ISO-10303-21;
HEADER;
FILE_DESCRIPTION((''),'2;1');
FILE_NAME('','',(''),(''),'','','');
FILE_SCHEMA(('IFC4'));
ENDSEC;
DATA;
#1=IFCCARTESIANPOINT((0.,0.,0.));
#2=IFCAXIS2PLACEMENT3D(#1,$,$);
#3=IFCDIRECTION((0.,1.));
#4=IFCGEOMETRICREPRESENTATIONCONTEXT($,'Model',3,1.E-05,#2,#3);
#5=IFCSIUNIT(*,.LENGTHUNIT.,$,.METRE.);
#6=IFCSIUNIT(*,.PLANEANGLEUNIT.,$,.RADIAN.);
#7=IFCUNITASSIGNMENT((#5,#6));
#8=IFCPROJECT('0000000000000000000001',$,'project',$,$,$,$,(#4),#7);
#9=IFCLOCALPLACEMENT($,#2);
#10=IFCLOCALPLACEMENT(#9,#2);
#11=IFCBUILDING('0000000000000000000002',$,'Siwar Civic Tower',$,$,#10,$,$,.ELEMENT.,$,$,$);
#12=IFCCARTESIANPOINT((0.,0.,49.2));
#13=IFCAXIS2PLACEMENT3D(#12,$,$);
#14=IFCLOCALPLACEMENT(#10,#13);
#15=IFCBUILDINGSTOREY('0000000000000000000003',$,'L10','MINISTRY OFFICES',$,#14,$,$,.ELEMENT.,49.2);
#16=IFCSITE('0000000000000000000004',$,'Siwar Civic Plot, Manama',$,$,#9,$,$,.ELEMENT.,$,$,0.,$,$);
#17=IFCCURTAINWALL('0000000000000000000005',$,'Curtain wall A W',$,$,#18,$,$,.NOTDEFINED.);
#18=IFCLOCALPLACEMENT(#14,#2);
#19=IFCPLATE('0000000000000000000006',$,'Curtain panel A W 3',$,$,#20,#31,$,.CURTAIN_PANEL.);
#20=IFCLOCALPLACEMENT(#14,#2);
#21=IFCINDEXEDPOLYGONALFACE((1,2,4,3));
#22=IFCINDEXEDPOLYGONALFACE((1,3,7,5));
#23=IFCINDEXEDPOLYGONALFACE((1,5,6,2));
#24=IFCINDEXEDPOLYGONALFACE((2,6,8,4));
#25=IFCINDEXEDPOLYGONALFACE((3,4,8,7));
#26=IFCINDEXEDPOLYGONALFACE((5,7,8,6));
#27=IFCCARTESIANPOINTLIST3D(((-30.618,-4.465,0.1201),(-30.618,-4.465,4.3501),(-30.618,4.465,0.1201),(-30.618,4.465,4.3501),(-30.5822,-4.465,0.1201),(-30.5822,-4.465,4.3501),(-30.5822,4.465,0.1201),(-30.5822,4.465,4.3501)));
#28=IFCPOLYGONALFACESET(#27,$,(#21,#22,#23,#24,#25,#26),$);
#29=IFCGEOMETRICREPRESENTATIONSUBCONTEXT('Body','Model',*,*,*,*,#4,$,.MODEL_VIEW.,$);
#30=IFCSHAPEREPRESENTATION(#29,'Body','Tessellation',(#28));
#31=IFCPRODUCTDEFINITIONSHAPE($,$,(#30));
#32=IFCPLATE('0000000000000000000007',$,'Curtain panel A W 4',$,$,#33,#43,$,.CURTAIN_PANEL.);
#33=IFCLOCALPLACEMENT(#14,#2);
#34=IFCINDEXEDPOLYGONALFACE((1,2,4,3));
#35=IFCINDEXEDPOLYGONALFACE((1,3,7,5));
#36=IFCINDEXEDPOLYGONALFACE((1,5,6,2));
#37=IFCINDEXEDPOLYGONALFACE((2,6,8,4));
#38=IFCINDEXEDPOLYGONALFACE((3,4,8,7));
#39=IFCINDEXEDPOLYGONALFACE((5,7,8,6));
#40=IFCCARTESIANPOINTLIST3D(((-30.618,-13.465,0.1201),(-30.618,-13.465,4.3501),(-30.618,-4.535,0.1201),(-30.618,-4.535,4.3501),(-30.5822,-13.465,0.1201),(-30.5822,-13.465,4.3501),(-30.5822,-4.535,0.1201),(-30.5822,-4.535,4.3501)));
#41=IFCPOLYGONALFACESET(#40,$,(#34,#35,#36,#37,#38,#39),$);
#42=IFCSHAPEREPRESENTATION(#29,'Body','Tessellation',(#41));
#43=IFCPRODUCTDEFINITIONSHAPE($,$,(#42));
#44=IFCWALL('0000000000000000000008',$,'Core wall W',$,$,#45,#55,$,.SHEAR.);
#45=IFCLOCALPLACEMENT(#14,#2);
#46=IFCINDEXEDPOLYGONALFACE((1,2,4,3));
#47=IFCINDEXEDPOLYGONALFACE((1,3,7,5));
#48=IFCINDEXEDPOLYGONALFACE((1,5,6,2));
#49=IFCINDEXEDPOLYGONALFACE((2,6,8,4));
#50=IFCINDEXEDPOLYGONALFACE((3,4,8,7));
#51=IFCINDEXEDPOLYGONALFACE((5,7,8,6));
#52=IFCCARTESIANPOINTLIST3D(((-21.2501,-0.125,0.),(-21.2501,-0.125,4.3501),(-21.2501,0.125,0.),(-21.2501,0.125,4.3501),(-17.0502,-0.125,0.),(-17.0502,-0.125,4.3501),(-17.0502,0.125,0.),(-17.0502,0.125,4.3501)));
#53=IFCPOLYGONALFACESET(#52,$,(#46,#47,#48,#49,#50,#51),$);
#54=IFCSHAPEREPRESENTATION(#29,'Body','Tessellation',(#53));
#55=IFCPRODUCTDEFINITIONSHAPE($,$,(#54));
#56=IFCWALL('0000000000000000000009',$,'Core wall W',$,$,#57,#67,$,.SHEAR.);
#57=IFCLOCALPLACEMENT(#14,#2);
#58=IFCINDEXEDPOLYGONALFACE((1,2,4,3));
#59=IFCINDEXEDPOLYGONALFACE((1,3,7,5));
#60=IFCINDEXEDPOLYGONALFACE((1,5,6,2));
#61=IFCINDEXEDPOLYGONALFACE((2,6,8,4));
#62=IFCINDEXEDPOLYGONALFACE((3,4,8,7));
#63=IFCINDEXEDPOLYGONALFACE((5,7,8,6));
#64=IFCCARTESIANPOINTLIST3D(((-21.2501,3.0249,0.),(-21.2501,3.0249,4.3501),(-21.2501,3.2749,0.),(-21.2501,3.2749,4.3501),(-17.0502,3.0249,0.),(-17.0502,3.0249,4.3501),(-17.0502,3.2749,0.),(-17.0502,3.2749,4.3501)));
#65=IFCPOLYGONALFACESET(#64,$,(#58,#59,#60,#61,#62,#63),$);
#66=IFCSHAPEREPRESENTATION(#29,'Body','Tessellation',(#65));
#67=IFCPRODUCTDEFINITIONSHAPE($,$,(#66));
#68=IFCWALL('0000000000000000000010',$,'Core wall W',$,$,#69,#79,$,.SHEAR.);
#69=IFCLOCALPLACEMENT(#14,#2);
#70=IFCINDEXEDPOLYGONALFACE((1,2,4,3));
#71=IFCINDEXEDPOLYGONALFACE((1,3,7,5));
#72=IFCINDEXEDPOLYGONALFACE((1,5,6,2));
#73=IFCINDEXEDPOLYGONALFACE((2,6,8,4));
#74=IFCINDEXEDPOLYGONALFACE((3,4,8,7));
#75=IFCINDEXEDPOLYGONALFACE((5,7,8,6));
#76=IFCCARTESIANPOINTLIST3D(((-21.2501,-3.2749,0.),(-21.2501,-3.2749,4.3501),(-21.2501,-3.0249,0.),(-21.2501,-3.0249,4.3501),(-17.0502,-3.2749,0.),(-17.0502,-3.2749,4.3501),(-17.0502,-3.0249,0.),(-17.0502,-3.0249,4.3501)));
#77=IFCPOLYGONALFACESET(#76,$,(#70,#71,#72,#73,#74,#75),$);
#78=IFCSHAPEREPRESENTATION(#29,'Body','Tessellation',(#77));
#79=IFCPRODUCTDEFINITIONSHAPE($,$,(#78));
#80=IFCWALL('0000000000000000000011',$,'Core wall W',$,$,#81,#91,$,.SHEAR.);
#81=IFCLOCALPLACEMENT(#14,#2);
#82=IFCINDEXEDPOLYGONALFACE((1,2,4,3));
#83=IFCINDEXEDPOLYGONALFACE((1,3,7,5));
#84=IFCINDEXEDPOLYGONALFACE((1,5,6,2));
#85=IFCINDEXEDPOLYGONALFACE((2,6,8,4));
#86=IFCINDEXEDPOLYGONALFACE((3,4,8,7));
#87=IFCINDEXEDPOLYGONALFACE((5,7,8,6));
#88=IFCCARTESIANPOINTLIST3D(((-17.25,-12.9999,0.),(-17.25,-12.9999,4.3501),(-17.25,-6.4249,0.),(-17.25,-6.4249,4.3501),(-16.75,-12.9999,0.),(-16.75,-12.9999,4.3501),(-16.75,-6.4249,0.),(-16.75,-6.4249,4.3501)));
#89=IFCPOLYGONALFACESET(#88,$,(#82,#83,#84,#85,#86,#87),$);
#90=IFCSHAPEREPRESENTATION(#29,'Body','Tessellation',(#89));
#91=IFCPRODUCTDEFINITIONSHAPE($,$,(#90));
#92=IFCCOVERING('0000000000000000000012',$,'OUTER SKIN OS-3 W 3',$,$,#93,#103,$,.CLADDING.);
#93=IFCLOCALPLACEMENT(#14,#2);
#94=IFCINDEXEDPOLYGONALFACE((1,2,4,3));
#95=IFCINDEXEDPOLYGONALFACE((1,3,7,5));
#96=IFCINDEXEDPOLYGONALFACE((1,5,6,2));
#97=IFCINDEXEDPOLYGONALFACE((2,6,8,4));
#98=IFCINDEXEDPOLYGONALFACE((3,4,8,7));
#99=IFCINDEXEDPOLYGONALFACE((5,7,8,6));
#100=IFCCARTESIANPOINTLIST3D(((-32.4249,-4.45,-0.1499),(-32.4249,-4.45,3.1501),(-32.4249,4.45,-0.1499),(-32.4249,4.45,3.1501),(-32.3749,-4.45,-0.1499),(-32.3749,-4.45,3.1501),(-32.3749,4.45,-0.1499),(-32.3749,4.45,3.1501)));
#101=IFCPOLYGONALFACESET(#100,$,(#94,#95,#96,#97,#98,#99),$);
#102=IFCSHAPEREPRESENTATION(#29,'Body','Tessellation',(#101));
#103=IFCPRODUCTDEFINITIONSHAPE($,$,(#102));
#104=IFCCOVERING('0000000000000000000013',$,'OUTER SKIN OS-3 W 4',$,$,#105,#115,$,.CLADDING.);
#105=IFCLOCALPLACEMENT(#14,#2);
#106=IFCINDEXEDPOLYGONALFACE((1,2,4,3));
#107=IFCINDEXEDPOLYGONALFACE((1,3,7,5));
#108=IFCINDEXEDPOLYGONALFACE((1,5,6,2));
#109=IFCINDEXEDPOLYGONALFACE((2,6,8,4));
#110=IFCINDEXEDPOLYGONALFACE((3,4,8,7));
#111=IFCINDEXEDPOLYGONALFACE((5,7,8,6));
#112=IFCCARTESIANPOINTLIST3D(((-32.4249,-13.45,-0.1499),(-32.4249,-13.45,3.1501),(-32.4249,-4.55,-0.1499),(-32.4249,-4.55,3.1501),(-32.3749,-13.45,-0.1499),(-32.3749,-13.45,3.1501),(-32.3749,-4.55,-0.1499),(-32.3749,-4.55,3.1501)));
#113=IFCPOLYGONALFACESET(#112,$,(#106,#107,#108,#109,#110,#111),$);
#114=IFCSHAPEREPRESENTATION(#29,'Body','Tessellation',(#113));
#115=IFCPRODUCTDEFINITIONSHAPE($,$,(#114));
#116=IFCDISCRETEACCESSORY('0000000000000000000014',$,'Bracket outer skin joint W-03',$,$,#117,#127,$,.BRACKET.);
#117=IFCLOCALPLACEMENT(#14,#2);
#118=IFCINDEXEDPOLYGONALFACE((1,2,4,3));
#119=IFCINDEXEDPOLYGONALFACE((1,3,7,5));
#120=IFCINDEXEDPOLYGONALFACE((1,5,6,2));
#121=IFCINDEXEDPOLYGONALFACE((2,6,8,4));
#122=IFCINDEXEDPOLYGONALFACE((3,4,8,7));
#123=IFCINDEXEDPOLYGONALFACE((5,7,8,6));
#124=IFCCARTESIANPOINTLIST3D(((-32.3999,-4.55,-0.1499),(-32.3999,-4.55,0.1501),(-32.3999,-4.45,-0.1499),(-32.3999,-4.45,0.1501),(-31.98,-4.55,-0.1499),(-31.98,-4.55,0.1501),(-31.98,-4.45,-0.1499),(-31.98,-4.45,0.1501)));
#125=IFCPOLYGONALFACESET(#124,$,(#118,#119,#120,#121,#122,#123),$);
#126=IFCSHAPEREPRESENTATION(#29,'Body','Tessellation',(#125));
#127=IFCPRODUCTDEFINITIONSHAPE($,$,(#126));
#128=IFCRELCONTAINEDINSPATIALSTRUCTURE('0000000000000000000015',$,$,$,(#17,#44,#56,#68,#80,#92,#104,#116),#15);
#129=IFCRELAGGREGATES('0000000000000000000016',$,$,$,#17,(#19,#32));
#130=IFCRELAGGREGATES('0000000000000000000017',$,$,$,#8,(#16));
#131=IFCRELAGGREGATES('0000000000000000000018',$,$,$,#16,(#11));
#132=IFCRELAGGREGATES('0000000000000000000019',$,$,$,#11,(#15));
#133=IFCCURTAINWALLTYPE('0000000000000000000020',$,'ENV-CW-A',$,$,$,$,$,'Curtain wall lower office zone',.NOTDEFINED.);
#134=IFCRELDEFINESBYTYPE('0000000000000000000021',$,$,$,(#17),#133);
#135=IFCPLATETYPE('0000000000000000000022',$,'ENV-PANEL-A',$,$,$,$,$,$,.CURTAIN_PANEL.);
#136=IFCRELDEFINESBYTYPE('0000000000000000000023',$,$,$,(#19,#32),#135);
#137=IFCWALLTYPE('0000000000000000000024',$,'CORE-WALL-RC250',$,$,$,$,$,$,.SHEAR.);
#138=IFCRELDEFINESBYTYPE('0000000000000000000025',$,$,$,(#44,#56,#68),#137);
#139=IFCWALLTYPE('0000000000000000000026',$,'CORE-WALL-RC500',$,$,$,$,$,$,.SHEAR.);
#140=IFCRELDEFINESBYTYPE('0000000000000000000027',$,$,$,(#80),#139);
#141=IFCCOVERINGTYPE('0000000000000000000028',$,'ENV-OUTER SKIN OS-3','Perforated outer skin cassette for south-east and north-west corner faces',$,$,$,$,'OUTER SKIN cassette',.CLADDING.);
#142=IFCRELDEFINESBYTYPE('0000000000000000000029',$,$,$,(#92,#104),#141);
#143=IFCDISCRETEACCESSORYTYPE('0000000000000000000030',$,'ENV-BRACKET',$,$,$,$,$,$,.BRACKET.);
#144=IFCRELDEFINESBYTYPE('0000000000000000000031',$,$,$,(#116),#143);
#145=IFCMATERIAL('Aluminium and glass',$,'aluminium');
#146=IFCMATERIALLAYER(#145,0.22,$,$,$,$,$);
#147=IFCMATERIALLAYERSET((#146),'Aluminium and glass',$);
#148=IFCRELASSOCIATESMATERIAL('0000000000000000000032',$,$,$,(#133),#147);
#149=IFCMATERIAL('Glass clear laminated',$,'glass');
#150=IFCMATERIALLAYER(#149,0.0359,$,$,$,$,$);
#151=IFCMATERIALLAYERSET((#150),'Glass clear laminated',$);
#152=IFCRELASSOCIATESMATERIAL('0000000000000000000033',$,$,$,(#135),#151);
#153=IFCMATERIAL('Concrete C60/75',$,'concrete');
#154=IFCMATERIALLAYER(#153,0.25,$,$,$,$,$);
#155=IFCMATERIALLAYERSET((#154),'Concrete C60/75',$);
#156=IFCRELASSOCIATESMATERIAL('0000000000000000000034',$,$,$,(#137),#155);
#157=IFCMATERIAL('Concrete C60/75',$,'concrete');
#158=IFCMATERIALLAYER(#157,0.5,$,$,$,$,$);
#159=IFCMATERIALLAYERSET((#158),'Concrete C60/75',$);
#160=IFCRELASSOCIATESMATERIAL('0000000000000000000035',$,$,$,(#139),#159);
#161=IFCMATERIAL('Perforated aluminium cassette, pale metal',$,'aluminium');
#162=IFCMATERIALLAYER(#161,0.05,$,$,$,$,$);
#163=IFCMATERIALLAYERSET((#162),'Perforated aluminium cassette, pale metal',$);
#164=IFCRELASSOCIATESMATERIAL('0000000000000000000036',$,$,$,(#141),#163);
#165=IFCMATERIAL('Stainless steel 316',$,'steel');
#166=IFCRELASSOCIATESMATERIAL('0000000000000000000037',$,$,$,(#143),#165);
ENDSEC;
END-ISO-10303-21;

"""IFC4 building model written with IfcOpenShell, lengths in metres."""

from ifc_helpers import new_model, si_unit, direction, frame, frame_2d, origin, origin_2d, place, context, subcontext, project, spatial, rectangle, extrude, material, layer, layer_set, type_object, element, aggregate, save


model = new_model("IFC4")

# Units and contexts
model_context = context("Model", 3, precision=1e-05, world=origin(), true_north=direction((0.0, 1.0)))
body_context = subcontext(model_context, "Body", "Model", "MODEL_VIEW")
ifc_project = project(units=[si_unit("LENGTHUNIT", "METRE"), si_unit("PLANEANGLEUNIT", "RADIAN")], contexts=[model_context])

# Site, building, storey
site_placement = place(None, origin())
site = spatial("IfcSite", under=ifc_project, at=site_placement, Name="Siwar Civic Plot, Manama", CompositionType="ELEMENT", RefElevation=0.0)
building_placement = place(site_placement, origin())
building = spatial("IfcBuilding", under=site, at=building_placement, Name="Siwar Civic Tower", CompositionType="ELEMENT")
storey_placement = place(building_placement, frame((0.0, 0.0, 49.2)))
storey = spatial("IfcBuildingStorey", under=building, at=storey_placement, Name="L10", Description="MINISTRY OFFICES", CompositionType="ELEMENT", Elevation=49.2)

# Curtain wall
ifc_material_1 = material(Name="Aluminium and glass", Category="aluminium")
ifc_layer_1 = layer(ifc_material_1, 0.22)
ifc_layer_set_1 = layer_set([ifc_layer_1], Name="Aluminium and glass")
curtain_wall_type = type_object("IfcCurtainWallType", Name="ENV-CW-A", ElementType="Curtain wall lower office zone", PredefinedType="NOTDEFINED", material=ifc_layer_set_1)
curtain_wall_placement = place(storey_placement, origin())
curtain_wall = element("IfcCurtainWall", 1, at=curtain_wall_placement, inside=storey, type_object=curtain_wall_type, Name="Curtain wall A W", PredefinedType="NOTDEFINED")

# Plates
ifc_material_2 = material(Name="Glass clear laminated", Category="glass")
ifc_layer_2 = layer(ifc_material_2, 0.0359)
ifc_layer_set_2 = layer_set([ifc_layer_2], Name="Glass clear laminated")
plate_type = type_object("IfcPlateType", Name="ENV-PANEL-A", PredefinedType="CURTAIN_PANEL", material=ifc_layer_set_2)
plate_1_placement = place(storey_placement, frame((-30.6001, 0.0, 0.1201), z_axis=(0.0, 0.0, 1.0), x_axis=(0.0, -1.0, 0.0)))
plate_1 = element("IfcPlate", 2, at=plate_1_placement, type_object=plate_type, Name="Curtain panel A W 3", PredefinedType="CURTAIN_PANEL", context=body_context, shape_type="SweptSolid", body=[
    extrude(rectangle(XDim=8.9299, YDim=0.0359, at=origin_2d()), origin(), (0.0, 0.0, 1.0), 4.23),
])
plate_2_placement = place(storey_placement, frame((-30.6001, -9.0, 0.1201), z_axis=(0.0, 0.0, 1.0), x_axis=(0.0, -1.0, 0.0)))
plate_2 = element("IfcPlate", 3, at=plate_2_placement, type_object=plate_type, Name="Curtain panel A W 4", PredefinedType="CURTAIN_PANEL", context=body_context, shape_type="SweptSolid", body=[
    extrude(rectangle(XDim=8.9299, YDim=0.0359, at=origin_2d()), origin(), (0.0, 0.0, 1.0), 4.23),
])
aggregate(curtain_wall, [plate_1, plate_2])

# Walls
ifc_material_3 = material(Name="Concrete C60/75", Category="concrete")
ifc_layer_3 = layer(ifc_material_3, 0.25)
ifc_layer_set_3 = layer_set([ifc_layer_3], Name="Concrete C60/75")
wall_type_1 = type_object("IfcWallType", Name="CORE-WALL-RC250", PredefinedType="SHEAR", material=ifc_layer_set_3)
for number, where, z_axis, x_axis, name in (
    (4, (-17.05, 0.0, 0.0), (0.0, 0.0, 1.0), (-1.0, 0.0, 0.0), "Core wall W"),
    (5, (-17.05, 3.1499, 0.0), (0.0, 0.0, 1.0), (-1.0, 0.0, 0.0), "Core wall W"),
    (6, (-17.05, -3.1499, 0.0), (0.0, 0.0, 1.0), (-1.0, 0.0, 0.0), "Core wall W"),
):
    element("IfcWall", number, at=place(storey_placement, frame(where, z_axis=z_axis, x_axis=x_axis)), inside=storey, type_object=wall_type_1, Name=name, PredefinedType="SHEAR", context=body_context, shape_type="SweptSolid", body=[
        extrude(rectangle(XDim=4.2, YDim=0.25, at=frame_2d((2.1001, 0.0))), origin(), (0.0, 0.0, 1.0), 4.3501),
    ])
ifc_material_4 = material(Name="Concrete C60/75", Category="concrete")
ifc_layer_4 = layer(ifc_material_4, 0.5)
ifc_layer_set_4 = layer_set([ifc_layer_4], Name="Concrete C60/75")
wall_type_2 = type_object("IfcWallType", Name="CORE-WALL-RC500", PredefinedType="SHEAR", material=ifc_layer_set_4)
wall_placement = place(storey_placement, frame((-17.0, -13.0, 0.0), z_axis=(0.0, 0.0, 1.0), x_axis=(0.0, 1.0, 0.0)))
element("IfcWall", 7, at=wall_placement, inside=storey, type_object=wall_type_2, Name="Core wall W", PredefinedType="SHEAR", context=body_context, shape_type="SweptSolid", body=[
    extrude(rectangle(XDim=6.575, YDim=0.5, at=frame_2d((3.2876, 0.0))), origin(), (0.0, 0.0, 1.0), 4.3501),
])

# Coverings
ifc_material_5 = material(Name="Perforated aluminium cassette, pale metal", Category="aluminium")
ifc_layer_5 = layer(ifc_material_5, 0.05)
ifc_layer_set_5 = layer_set([ifc_layer_5], Name="Perforated aluminium cassette, pale metal")
covering_type = type_object("IfcCoveringType", Name="ENV-OUTER SKIN OS-3", Description="Perforated outer skin cassette for south-east and north-west corner faces", ElementType="OUTER SKIN cassette", PredefinedType="CLADDING", material=ifc_layer_set_5)
for number, where, z_axis, x_axis, name in (
    (8, (-32.3999, 0.0, -0.1499), (0.0, 0.0, 1.0), (0.0, -1.0, 0.0), "OUTER SKIN OS-3 W 3"),
    (9, (-32.3999, -9.0, -0.1499), (0.0, 0.0, 1.0), (0.0, -1.0, 0.0), "OUTER SKIN OS-3 W 4"),
):
    element("IfcCovering", number, at=place(storey_placement, frame(where, z_axis=z_axis, x_axis=x_axis)), inside=storey, type_object=covering_type, Name=name, PredefinedType="CLADDING", context=body_context, shape_type="SweptSolid", body=[
        extrude(rectangle(XDim=8.8999, YDim=0.05, at=origin_2d()), origin(), (0.0, 0.0, 1.0), 3.3),
    ])

# Discrete accessory
ifc_material_6 = material(Name="Stainless steel 316", Category="steel")
discrete_accessory_type = type_object("IfcDiscreteAccessoryType", Name="ENV-BRACKET", PredefinedType="BRACKET", material=ifc_material_6)
discrete_accessory_placement = place(storey_placement, frame((-32.1899, -4.5, -0.1499), z_axis=(0.0, 0.0, 1.0), x_axis=(-1.0, 0.0, 0.0)))
element("IfcDiscreteAccessory", 10, at=discrete_accessory_placement, inside=storey, type_object=discrete_accessory_type, Name="Bracket outer skin joint W-03", PredefinedType="BRACKET", context=body_context, shape_type="SweptSolid", body=[
    extrude(rectangle(XDim=0.4199, YDim=0.1001, at=origin_2d()), origin(), (0.0, 0.0, 1.0), 0.3),
])

save(model, "model.ifc")
